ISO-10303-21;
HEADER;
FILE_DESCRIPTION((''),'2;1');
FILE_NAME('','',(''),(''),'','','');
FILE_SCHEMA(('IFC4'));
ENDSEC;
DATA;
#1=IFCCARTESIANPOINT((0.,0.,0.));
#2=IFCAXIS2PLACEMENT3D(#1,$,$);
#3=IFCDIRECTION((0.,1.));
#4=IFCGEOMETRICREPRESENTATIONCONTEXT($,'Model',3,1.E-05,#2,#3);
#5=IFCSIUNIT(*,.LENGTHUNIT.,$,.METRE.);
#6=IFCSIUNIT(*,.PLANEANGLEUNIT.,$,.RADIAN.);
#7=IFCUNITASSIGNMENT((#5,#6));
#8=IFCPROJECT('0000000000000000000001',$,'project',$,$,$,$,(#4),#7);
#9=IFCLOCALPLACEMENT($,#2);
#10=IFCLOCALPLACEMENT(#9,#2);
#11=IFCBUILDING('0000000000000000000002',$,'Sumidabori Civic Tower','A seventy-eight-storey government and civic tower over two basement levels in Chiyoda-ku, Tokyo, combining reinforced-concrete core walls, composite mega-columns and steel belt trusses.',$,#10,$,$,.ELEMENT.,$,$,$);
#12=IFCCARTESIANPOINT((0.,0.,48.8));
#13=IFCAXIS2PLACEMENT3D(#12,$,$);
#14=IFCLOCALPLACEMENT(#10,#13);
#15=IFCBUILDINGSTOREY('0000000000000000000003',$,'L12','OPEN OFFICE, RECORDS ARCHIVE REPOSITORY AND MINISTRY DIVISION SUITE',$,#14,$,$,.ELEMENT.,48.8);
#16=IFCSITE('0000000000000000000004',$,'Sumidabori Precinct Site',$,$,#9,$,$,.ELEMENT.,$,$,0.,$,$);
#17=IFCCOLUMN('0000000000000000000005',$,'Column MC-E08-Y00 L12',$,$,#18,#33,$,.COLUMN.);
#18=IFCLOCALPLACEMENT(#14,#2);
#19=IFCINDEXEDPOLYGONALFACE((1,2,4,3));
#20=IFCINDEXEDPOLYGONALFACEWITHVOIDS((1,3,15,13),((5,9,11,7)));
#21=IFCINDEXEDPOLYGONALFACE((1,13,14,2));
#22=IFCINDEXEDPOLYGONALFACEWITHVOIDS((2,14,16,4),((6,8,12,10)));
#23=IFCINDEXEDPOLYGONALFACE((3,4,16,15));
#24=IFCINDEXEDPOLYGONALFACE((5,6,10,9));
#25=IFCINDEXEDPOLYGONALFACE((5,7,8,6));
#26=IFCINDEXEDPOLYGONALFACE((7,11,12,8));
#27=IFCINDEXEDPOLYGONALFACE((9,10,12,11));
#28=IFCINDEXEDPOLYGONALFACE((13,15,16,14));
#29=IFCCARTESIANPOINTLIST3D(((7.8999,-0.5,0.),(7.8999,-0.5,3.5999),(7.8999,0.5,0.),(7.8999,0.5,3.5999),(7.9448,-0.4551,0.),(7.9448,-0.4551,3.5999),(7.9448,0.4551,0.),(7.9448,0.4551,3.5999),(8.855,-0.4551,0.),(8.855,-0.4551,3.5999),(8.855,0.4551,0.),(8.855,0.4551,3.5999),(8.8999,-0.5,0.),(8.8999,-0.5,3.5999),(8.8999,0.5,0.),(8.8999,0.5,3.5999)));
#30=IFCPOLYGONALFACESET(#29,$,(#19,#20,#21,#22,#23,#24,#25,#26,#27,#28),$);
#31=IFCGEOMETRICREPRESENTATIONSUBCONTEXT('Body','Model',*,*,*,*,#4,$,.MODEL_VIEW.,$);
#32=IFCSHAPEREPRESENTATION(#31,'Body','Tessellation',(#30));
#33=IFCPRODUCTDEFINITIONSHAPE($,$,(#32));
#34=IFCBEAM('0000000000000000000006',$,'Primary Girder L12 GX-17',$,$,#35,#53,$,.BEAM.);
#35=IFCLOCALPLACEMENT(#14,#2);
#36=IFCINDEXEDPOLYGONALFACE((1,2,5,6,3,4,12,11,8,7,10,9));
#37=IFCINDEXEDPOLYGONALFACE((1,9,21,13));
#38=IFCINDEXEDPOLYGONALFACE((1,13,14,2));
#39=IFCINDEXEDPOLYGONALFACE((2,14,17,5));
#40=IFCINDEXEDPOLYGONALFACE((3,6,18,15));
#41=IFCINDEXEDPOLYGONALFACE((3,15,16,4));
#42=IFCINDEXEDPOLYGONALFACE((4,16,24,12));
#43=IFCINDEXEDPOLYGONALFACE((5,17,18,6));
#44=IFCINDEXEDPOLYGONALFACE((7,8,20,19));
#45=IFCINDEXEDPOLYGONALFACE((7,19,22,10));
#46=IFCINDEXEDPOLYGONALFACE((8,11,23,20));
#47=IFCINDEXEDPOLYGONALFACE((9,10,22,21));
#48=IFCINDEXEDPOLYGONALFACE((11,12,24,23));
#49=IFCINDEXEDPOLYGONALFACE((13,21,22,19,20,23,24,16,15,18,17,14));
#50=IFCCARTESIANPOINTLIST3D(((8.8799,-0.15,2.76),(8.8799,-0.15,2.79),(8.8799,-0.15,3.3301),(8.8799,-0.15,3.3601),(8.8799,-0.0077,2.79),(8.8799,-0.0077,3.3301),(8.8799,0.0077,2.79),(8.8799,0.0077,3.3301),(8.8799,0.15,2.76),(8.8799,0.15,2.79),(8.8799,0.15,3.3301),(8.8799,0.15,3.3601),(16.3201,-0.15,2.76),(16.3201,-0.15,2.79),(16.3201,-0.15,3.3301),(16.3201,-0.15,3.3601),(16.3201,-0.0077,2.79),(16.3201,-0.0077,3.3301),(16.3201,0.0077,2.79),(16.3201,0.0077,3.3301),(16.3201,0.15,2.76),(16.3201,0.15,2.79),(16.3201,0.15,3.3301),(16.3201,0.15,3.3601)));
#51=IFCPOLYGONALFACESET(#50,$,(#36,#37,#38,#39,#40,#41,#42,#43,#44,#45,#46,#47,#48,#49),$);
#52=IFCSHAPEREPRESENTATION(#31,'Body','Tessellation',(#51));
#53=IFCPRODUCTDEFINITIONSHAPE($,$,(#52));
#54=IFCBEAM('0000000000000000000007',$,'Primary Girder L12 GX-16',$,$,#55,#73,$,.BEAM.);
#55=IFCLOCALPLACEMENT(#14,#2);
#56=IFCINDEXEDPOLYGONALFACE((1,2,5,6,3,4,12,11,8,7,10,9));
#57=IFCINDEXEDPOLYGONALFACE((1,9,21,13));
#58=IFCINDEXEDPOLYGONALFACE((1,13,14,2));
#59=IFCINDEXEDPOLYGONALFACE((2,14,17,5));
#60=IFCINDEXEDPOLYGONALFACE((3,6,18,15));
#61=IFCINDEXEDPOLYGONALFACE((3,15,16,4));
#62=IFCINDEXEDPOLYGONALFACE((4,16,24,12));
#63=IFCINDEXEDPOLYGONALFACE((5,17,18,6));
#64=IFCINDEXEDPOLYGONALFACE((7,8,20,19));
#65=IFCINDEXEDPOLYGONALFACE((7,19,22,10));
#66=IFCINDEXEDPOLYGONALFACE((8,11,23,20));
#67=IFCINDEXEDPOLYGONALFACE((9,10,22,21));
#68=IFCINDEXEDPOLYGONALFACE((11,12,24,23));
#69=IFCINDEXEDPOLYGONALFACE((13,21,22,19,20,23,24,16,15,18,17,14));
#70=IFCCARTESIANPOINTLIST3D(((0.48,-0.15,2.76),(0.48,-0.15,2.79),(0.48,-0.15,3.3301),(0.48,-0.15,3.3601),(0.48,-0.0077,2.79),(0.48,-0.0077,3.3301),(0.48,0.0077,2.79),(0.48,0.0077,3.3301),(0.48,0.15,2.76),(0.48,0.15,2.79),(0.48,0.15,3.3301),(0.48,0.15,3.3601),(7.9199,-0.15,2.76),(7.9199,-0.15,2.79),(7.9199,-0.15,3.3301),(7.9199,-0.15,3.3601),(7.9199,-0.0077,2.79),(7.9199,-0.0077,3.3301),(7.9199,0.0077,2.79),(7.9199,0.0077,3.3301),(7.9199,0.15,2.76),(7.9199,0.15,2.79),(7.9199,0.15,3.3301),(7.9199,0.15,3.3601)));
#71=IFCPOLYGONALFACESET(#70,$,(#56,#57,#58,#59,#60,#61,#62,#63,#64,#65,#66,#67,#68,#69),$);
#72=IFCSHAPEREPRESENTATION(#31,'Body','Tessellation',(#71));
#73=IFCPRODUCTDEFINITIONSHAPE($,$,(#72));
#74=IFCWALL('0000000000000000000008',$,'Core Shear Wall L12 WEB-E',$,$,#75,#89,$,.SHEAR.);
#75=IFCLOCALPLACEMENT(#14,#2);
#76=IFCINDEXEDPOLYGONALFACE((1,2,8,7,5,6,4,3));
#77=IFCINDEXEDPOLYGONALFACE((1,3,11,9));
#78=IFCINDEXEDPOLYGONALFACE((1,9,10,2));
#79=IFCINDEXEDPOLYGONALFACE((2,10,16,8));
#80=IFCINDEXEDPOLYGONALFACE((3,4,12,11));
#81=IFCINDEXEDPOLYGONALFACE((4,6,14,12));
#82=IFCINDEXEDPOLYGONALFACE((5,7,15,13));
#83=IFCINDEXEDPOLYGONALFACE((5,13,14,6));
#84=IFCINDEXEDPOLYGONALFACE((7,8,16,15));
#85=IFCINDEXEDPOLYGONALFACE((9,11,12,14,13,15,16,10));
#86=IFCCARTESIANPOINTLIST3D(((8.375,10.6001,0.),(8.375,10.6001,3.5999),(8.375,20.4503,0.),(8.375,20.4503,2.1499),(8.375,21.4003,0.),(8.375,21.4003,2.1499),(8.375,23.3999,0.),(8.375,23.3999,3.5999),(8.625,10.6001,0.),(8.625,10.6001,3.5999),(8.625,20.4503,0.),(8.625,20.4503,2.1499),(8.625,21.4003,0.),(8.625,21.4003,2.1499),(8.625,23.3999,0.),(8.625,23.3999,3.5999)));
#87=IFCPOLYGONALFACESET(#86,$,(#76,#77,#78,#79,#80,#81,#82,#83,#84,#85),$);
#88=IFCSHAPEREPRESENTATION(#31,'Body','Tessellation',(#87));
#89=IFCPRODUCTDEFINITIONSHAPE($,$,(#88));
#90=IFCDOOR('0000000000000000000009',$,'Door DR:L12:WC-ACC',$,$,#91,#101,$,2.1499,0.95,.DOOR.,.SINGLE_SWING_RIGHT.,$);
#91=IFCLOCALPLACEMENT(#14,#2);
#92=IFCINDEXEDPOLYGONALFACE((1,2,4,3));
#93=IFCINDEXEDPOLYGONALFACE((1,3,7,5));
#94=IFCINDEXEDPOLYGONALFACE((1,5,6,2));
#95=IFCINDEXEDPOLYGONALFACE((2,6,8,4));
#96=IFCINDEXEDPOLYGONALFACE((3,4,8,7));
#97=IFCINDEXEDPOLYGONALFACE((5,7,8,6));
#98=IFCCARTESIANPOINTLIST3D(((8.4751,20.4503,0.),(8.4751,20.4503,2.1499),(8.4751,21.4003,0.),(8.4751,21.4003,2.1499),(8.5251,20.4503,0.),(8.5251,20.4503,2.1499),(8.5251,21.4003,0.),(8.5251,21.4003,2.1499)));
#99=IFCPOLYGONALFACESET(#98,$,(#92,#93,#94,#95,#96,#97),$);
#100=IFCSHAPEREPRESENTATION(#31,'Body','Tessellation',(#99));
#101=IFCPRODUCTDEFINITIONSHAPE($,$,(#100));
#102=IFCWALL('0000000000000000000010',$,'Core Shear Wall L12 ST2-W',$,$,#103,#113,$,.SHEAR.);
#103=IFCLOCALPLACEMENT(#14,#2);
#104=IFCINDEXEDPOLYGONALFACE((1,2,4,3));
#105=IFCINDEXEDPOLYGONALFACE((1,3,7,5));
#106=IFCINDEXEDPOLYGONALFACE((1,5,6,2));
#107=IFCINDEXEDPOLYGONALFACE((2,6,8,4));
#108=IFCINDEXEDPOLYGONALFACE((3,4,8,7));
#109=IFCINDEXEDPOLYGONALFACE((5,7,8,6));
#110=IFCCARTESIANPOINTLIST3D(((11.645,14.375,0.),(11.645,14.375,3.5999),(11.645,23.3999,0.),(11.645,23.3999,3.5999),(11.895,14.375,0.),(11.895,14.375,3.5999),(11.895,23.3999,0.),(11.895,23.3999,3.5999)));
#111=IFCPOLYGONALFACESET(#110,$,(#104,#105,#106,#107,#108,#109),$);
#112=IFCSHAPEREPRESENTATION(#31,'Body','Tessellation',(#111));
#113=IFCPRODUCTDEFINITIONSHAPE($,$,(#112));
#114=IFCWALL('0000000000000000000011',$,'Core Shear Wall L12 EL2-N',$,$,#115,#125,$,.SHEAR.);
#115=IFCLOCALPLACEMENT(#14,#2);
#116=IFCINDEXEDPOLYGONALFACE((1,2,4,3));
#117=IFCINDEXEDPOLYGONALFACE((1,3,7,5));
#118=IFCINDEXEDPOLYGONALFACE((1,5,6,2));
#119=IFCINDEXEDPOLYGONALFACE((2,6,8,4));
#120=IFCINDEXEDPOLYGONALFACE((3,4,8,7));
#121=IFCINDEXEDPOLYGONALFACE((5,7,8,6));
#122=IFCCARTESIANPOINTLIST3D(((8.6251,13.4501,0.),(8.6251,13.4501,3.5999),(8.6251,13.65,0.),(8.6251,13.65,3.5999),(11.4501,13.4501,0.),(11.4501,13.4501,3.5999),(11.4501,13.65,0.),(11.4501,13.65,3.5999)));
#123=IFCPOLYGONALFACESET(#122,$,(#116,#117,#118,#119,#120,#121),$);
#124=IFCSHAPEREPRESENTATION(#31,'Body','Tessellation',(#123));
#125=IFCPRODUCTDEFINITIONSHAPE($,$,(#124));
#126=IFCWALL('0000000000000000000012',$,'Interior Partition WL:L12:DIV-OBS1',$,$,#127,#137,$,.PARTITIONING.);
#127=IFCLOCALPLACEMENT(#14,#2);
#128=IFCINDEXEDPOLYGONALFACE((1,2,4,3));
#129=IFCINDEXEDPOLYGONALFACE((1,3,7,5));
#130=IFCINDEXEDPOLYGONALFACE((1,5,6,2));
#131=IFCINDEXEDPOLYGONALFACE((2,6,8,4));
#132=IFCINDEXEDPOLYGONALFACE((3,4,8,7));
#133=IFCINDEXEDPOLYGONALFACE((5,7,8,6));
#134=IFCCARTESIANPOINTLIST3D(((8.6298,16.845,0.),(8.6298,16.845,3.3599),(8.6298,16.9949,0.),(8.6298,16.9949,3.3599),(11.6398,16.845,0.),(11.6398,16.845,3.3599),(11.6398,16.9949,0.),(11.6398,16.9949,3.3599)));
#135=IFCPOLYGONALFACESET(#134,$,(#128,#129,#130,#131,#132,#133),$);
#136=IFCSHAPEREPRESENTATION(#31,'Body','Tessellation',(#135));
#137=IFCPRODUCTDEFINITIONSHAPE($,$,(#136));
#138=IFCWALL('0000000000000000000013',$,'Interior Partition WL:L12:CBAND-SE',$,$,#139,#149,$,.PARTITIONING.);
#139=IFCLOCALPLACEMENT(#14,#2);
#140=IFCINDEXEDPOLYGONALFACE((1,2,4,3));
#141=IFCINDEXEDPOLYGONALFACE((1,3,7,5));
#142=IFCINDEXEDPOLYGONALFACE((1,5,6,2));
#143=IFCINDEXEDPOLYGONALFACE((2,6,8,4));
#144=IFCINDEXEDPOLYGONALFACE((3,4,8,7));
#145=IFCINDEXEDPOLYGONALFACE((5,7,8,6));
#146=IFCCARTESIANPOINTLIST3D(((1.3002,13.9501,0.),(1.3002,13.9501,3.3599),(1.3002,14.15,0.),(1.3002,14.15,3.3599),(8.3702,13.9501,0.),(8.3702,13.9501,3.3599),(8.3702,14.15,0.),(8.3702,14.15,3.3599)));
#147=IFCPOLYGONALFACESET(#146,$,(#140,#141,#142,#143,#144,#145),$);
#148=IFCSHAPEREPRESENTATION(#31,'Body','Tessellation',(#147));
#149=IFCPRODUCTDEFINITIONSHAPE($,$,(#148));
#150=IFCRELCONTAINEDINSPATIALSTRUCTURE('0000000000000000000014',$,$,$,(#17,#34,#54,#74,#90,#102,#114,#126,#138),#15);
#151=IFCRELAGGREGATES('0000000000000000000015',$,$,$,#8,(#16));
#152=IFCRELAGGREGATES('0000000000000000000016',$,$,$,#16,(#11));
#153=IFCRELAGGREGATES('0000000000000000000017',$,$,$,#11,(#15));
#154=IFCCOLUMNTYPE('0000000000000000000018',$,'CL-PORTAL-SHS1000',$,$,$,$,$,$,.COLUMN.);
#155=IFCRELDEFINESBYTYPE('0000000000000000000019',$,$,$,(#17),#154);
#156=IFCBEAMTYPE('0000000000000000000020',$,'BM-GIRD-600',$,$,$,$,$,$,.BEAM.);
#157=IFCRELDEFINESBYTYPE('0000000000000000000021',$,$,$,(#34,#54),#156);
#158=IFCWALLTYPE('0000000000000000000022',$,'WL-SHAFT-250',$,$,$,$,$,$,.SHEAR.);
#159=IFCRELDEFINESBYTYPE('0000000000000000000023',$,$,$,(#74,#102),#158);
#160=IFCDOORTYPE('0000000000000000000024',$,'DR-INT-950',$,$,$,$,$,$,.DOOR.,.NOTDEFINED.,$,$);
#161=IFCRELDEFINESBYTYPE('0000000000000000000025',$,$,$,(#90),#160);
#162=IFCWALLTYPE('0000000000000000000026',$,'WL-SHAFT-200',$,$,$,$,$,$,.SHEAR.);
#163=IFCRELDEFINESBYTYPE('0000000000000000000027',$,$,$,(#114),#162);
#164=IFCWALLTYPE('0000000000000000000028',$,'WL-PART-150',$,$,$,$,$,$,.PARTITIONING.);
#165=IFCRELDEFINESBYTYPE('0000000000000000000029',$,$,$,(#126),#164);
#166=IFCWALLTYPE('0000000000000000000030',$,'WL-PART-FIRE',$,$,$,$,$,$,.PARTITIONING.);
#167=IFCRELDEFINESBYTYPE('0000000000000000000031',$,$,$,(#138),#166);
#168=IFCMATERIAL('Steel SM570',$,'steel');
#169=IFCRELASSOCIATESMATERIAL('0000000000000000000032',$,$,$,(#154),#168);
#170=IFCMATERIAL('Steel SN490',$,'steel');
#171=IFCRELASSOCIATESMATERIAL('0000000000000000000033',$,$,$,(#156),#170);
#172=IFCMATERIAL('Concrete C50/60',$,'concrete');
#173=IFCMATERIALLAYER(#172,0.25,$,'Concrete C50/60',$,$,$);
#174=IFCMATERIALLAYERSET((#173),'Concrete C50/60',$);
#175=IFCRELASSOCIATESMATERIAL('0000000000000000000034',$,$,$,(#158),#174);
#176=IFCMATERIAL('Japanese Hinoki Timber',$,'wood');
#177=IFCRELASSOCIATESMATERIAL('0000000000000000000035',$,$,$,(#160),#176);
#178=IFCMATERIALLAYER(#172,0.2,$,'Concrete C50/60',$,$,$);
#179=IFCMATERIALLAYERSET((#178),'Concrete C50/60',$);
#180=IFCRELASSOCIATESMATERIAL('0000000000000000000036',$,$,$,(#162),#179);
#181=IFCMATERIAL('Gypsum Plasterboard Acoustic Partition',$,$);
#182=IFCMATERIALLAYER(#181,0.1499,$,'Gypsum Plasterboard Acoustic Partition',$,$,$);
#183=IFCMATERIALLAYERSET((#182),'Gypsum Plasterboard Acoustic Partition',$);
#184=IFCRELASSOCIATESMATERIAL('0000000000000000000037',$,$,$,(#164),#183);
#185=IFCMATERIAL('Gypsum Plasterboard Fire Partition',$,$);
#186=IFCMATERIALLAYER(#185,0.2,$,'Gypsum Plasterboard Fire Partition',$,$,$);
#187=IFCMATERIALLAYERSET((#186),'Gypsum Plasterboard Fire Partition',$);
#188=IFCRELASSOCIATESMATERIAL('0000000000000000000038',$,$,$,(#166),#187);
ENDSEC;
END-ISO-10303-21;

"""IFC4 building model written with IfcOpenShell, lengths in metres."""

from ifc_helpers import new_model, si_unit, direction, frame, frame_2d, origin, origin_2d, place, context, subcontext, project, spatial, rectangle, hollow_rectangle, i_section, extrude, source, transform, mapped, material, layer, layer_set, material_profile, profile_set, type_object, element, fill, save


model = new_model("IFC4")

# Units and contexts
model_context = context("Model", 3, precision=1e-05, world=origin(), true_north=direction((0.0, 1.0)))
body_context = subcontext(model_context, "Body", "Model", "MODEL_VIEW")
ifc_project = project(units=[si_unit("LENGTHUNIT", "METRE"), si_unit("PLANEANGLEUNIT", "RADIAN")], contexts=[model_context])

# Site, building, storey
site_placement = place(None, origin())
site = spatial("IfcSite", under=ifc_project, at=site_placement, Name="Sumidabori Precinct Site", CompositionType="ELEMENT", RefElevation=0.0)
building_placement = place(site_placement, origin())
building = spatial("IfcBuilding", under=site, at=building_placement, Name="Sumidabori Civic Tower", Description="A seventy-eight-storey government and civic tower over two basement levels in Chiyoda-ku, Tokyo, combining reinforced-concrete core walls, composite mega-columns and steel belt trusses.", CompositionType="ELEMENT")
storey_placement = place(building_placement, frame((0.0, 0.0, 48.8)))
storey = spatial("IfcBuildingStorey", under=building, at=storey_placement, Name="L12", Description="OPEN OFFICE, RECORDS ARCHIVE REPOSITORY AND MINISTRY DIVISION SUITE", CompositionType="ELEMENT", Elevation=48.8)

# Column
ifc_material_1 = material(Name="Steel SM570", Category="steel")
ifc_material_profile_1 = material_profile(ifc_material_1, hollow_rectangle(XDim=1.0, YDim=1.0, WallThickness=0.0449, at=origin_2d()), Name="SHS 1000x1000x45")
ifc_profile_set_1 = profile_set([ifc_material_profile_1], Name="Steel SM570")
column_type = type_object("IfcColumnType", Name="CL-PORTAL-SHS1000", PredefinedType="COLUMN", material=ifc_profile_set_1)
shared_shape_1 = source(origin(), body_context, "Body", "SweptSolid", [
    extrude(hollow_rectangle(XDim=1.0, YDim=1.0, WallThickness=0.0449, at=origin_2d()), origin(), (0.0, 0.0, 1.0), 3.5999),
])
column_placement = place(storey_placement, frame((8.3999, 0.0, 0.0), z_axis=(0.0, 0.0, 1.0), x_axis=(1.0, 0.0, 0.0)))
element("IfcColumn", 1, at=column_placement, inside=storey, type_object=column_type, Name="Column MC-E08-Y00 L12", PredefinedType="COLUMN", context=body_context, shape_type="MappedRepresentation", body=[
    mapped(shared_shape_1, transform((0.0, 0.0, 0.0), x_axis=(1.0, 0.0, 0.0), y_axis=(0.0, 1.0, 0.0), z_axis=(0.0, 0.0, 1.0), scale=1.0)),
])

# Beams
ifc_material_2 = material(Name="Steel SN490", Category="steel")
ifc_material_profile_2 = material_profile(ifc_material_2, i_section(OverallWidth=0.3, OverallDepth=0.6001, WebThickness=0.0154, FlangeThickness=0.03, at=origin_2d()), Name="HE 600 B")
ifc_profile_set_2 = profile_set([ifc_material_profile_2], Name="Steel SN490")
beam_type = type_object("IfcBeamType", Name="BM-GIRD-600", PredefinedType="BEAM", material=ifc_profile_set_2)
shared_shape_2 = source(origin(), body_context, "Body", "SweptSolid", [
    extrude(i_section(OverallWidth=0.3, OverallDepth=0.6001, WebThickness=0.0154, FlangeThickness=0.03, at=origin_2d()), origin(), (0.0, 0.0, 1.0), 7.4402),
])
beam_1_placement = place(storey_placement, frame((8.8799, 0.0, 3.0601), z_axis=(1.0, 0.0, 0.0), x_axis=(0.0, 1.0, 0.0)))
element("IfcBeam", 2, at=beam_1_placement, inside=storey, type_object=beam_type, Name="Primary Girder L12 GX-17", PredefinedType="BEAM", context=body_context, shape_type="MappedRepresentation", body=[
    mapped(shared_shape_2, transform((0.0, 0.0, 0.0), x_axis=(1.0, 0.0, 0.0), y_axis=(0.0, 1.0, 0.0), z_axis=(0.0, 0.0, 1.0), scale=1.0)),
])
shared_shape_3 = source(origin(), body_context, "Body", "SweptSolid", [
    extrude(i_section(OverallWidth=0.3, OverallDepth=0.6001, WebThickness=0.0154, FlangeThickness=0.03, at=origin_2d()), origin(), (0.0, 0.0, 1.0), 7.4399),
])
beam_2_placement = place(storey_placement, frame((0.48, 0.0, 3.0601), z_axis=(1.0, 0.0, 0.0), x_axis=(0.0, 1.0, 0.0)))
element("IfcBeam", 3, at=beam_2_placement, inside=storey, type_object=beam_type, Name="Primary Girder L12 GX-16", PredefinedType="BEAM", context=body_context, shape_type="MappedRepresentation", body=[
    mapped(shared_shape_3, transform((0.0, 0.0, 0.0), x_axis=(1.0, 0.0, 0.0), y_axis=(0.0, 1.0, 0.0), z_axis=(0.0, 0.0, 1.0), scale=1.0)),
])

# Wall, opening, door
ifc_material_3 = material(Name="Concrete C50/60", Category="concrete")
ifc_layer_1 = layer(ifc_material_3, 0.25, Name="Concrete C50/60")
ifc_layer_set_1 = layer_set([ifc_layer_1], Name="Concrete C50/60")
wall_type_1 = type_object("IfcWallType", Name="WL-SHAFT-250", PredefinedType="SHEAR", material=ifc_layer_set_1)
shared_shape_4 = source(origin(), body_context, "Body", "SweptSolid", [
    extrude(rectangle(XDim=12.7998, YDim=0.25, at=frame_2d((6.3999, 0.0))), origin(), (0.0, 0.0, 1.0), 3.5999),
])
wall_1_placement = place(storey_placement, frame((8.5, 10.6001, 0.0), z_axis=(0.0, 0.0, 1.0), x_axis=(0.0, 1.0, 0.0)))
wall_1 = element("IfcWall", 4, at=wall_1_placement, inside=storey, type_object=wall_type_1, Name="Core Shear Wall L12 WEB-E", PredefinedType="SHEAR", context=body_context, shape_type="MappedRepresentation", body=[
    mapped(shared_shape_4, transform((0.0, 0.0, 0.0), x_axis=(1.0, 0.0, 0.0), y_axis=(0.0, 1.0, 0.0), z_axis=(0.0, 0.0, 1.0), scale=1.0)),
])
opening_1_placement = place(wall_1_placement, frame((9.8501, 0.0, 0.0)))
opening_1 = element("IfcOpeningElement", 5, at=opening_1_placement, cuts=wall_1, PredefinedType="OPENING", context=body_context, shape_type="SweptSolid", body=[
    extrude(rectangle(XDim=0.95, YDim=2.1499, at=frame_2d((0.4751, 1.075))), frame((0.0, 0.137, 0.0), z_axis=(0.0, -1.0, 0.0), x_axis=(1.0, 0.0, 0.0)), (0.0, 0.0, 1.0), 0.2739),
])
ifc_material_4 = material(Name="Japanese Hinoki Timber", Category="wood")
door_type_1 = type_object("IfcDoorType", Name="DR-INT-950", OperationType="NOTDEFINED", PredefinedType="DOOR", material=ifc_material_4)
shared_shape_5 = source(origin(), body_context, "Body", "SweptSolid", [
    extrude(rectangle(XDim=0.95, YDim=2.1499, at=frame_2d((0.4751, 1.075))), frame((0.0, 0.0249, 0.0), z_axis=(0.0, -1.0, 0.0), x_axis=(1.0, 0.0, 0.0)), (0.0, 0.0, 1.0), 0.05),
])
door_1_placement = place(opening_1_placement, origin())
door_1 = element("IfcDoor", 6, at=door_1_placement, inside=storey, type_object=door_type_1, Name="Door DR:L12:WC-ACC", OperationType="SINGLE_SWING_RIGHT", OverallHeight=2.1499, OverallWidth=0.95, PredefinedType="DOOR", context=body_context, shape_type="MappedRepresentation", body=[
    mapped(shared_shape_5, transform((0.0, 0.0, 0.0), x_axis=(1.0, 0.0, 0.0), y_axis=(0.0, 1.0, 0.0), z_axis=(0.0, 0.0, 1.0), scale=1.0)),
])
fill(opening_1, door_1)

# Wall
shared_shape_6 = source(origin(), body_context, "Body", "SweptSolid", [
    extrude(rectangle(XDim=9.0249, YDim=0.25, at=frame_2d((4.5125, 0.0))), origin(), (0.0, 0.0, 1.0), 3.5999),
])
wall_2_placement = place(storey_placement, frame((11.77, 14.375, 0.0), z_axis=(0.0, 0.0, 1.0), x_axis=(0.0, 1.0, 0.0)))
element("IfcWall", 7, at=wall_2_placement, inside=storey, type_object=wall_type_1, Name="Core Shear Wall L12 ST2-W", PredefinedType="SHEAR", context=body_context, shape_type="MappedRepresentation", body=[
    mapped(shared_shape_6, transform((0.0, 0.0, 0.0), x_axis=(1.0, 0.0, 0.0), y_axis=(0.0, 1.0, 0.0), z_axis=(0.0, 0.0, 1.0), scale=1.0)),
])

# Shared definitions
ifc_layer_2 = layer(ifc_material_3, 0.2, Name="Concrete C50/60")
ifc_layer_set_2 = layer_set([ifc_layer_2], Name="Concrete C50/60")
wall_type_2 = type_object("IfcWallType", Name="WL-SHAFT-200", PredefinedType="SHEAR", material=ifc_layer_set_2)

# Walls
shared_shape_7 = source(origin(), body_context, "Body", "SweptSolid", [
    extrude(rectangle(XDim=2.825, YDim=0.2, at=frame_2d((1.4126, 0.0))), origin(), (0.0, 0.0, 1.0), 3.5999),
])
wall_3_placement = place(storey_placement, frame((8.625, 13.55, 0.0), z_axis=(0.0, 0.0, 1.0), x_axis=(1.0, 0.0, 0.0)))
element("IfcWall", 8, at=wall_3_placement, inside=storey, type_object=wall_type_2, Name="Core Shear Wall L12 EL2-N", PredefinedType="SHEAR", context=body_context, shape_type="MappedRepresentation", body=[
    mapped(shared_shape_7, transform((0.0, 0.0, 0.0), x_axis=(1.0, 0.0, 0.0), y_axis=(0.0, 1.0, 0.0), z_axis=(0.0, 0.0, 1.0), scale=1.0)),
])
ifc_material_5 = material(Name="Gypsum Plasterboard Acoustic Partition")
ifc_layer_3 = layer(ifc_material_5, 0.1499, Name="Gypsum Plasterboard Acoustic Partition")
ifc_layer_set_3 = layer_set([ifc_layer_3], Name="Gypsum Plasterboard Acoustic Partition")
wall_type_3 = type_object("IfcWallType", Name="WL-PART-150", PredefinedType="PARTITIONING", material=ifc_layer_set_3)
shared_shape_8 = source(origin(), body_context, "Body", "SweptSolid", [
    extrude(rectangle(XDim=3.01, YDim=0.1499, at=frame_2d((1.5049, 0.0))), origin(), (0.0, 0.0, 1.0), 3.3599),
])
wall_4_placement = place(storey_placement, frame((8.6299, 16.9199, 0.0), z_axis=(0.0, 0.0, 1.0), x_axis=(1.0, 0.0, 0.0)))
element("IfcWall", 9, at=wall_4_placement, inside=storey, type_object=wall_type_3, Name="Interior Partition WL:L12:DIV-OBS1", PredefinedType="PARTITIONING", context=body_context, shape_type="MappedRepresentation", body=[
    mapped(shared_shape_8, transform((0.0, 0.0, 0.0), x_axis=(1.0, 0.0, 0.0), y_axis=(0.0, 1.0, 0.0), z_axis=(0.0, 0.0, 1.0), scale=1.0)),
])
ifc_material_6 = material(Name="Gypsum Plasterboard Fire Partition")
ifc_layer_4 = layer(ifc_material_6, 0.2, Name="Gypsum Plasterboard Fire Partition")
ifc_layer_set_4 = layer_set([ifc_layer_4], Name="Gypsum Plasterboard Fire Partition")
wall_type_4 = type_object("IfcWallType", Name="WL-PART-FIRE", PredefinedType="PARTITIONING", material=ifc_layer_set_4)
shared_shape_9 = source(origin(), body_context, "Body", "SweptSolid", [
    extrude(rectangle(XDim=7.0701, YDim=0.2, at=frame_2d((3.5352, 0.0))), origin(), (0.0, 0.0, 1.0), 3.3599),
])
wall_5_placement = place(storey_placement, frame((1.3, 14.05, 0.0), z_axis=(0.0, 0.0, 1.0), x_axis=(1.0, 0.0, 0.0)))
element("IfcWall", 10, at=wall_5_placement, inside=storey, type_object=wall_type_4, Name="Interior Partition WL:L12:CBAND-SE", PredefinedType="PARTITIONING", context=body_context, shape_type="MappedRepresentation", body=[
    mapped(shared_shape_9, transform((0.0, 0.0, 0.0), x_axis=(1.0, 0.0, 0.0), y_axis=(0.0, 1.0, 0.0), z_axis=(0.0, 0.0, 1.0), scale=1.0)),
])

save(model, "model.ifc")
